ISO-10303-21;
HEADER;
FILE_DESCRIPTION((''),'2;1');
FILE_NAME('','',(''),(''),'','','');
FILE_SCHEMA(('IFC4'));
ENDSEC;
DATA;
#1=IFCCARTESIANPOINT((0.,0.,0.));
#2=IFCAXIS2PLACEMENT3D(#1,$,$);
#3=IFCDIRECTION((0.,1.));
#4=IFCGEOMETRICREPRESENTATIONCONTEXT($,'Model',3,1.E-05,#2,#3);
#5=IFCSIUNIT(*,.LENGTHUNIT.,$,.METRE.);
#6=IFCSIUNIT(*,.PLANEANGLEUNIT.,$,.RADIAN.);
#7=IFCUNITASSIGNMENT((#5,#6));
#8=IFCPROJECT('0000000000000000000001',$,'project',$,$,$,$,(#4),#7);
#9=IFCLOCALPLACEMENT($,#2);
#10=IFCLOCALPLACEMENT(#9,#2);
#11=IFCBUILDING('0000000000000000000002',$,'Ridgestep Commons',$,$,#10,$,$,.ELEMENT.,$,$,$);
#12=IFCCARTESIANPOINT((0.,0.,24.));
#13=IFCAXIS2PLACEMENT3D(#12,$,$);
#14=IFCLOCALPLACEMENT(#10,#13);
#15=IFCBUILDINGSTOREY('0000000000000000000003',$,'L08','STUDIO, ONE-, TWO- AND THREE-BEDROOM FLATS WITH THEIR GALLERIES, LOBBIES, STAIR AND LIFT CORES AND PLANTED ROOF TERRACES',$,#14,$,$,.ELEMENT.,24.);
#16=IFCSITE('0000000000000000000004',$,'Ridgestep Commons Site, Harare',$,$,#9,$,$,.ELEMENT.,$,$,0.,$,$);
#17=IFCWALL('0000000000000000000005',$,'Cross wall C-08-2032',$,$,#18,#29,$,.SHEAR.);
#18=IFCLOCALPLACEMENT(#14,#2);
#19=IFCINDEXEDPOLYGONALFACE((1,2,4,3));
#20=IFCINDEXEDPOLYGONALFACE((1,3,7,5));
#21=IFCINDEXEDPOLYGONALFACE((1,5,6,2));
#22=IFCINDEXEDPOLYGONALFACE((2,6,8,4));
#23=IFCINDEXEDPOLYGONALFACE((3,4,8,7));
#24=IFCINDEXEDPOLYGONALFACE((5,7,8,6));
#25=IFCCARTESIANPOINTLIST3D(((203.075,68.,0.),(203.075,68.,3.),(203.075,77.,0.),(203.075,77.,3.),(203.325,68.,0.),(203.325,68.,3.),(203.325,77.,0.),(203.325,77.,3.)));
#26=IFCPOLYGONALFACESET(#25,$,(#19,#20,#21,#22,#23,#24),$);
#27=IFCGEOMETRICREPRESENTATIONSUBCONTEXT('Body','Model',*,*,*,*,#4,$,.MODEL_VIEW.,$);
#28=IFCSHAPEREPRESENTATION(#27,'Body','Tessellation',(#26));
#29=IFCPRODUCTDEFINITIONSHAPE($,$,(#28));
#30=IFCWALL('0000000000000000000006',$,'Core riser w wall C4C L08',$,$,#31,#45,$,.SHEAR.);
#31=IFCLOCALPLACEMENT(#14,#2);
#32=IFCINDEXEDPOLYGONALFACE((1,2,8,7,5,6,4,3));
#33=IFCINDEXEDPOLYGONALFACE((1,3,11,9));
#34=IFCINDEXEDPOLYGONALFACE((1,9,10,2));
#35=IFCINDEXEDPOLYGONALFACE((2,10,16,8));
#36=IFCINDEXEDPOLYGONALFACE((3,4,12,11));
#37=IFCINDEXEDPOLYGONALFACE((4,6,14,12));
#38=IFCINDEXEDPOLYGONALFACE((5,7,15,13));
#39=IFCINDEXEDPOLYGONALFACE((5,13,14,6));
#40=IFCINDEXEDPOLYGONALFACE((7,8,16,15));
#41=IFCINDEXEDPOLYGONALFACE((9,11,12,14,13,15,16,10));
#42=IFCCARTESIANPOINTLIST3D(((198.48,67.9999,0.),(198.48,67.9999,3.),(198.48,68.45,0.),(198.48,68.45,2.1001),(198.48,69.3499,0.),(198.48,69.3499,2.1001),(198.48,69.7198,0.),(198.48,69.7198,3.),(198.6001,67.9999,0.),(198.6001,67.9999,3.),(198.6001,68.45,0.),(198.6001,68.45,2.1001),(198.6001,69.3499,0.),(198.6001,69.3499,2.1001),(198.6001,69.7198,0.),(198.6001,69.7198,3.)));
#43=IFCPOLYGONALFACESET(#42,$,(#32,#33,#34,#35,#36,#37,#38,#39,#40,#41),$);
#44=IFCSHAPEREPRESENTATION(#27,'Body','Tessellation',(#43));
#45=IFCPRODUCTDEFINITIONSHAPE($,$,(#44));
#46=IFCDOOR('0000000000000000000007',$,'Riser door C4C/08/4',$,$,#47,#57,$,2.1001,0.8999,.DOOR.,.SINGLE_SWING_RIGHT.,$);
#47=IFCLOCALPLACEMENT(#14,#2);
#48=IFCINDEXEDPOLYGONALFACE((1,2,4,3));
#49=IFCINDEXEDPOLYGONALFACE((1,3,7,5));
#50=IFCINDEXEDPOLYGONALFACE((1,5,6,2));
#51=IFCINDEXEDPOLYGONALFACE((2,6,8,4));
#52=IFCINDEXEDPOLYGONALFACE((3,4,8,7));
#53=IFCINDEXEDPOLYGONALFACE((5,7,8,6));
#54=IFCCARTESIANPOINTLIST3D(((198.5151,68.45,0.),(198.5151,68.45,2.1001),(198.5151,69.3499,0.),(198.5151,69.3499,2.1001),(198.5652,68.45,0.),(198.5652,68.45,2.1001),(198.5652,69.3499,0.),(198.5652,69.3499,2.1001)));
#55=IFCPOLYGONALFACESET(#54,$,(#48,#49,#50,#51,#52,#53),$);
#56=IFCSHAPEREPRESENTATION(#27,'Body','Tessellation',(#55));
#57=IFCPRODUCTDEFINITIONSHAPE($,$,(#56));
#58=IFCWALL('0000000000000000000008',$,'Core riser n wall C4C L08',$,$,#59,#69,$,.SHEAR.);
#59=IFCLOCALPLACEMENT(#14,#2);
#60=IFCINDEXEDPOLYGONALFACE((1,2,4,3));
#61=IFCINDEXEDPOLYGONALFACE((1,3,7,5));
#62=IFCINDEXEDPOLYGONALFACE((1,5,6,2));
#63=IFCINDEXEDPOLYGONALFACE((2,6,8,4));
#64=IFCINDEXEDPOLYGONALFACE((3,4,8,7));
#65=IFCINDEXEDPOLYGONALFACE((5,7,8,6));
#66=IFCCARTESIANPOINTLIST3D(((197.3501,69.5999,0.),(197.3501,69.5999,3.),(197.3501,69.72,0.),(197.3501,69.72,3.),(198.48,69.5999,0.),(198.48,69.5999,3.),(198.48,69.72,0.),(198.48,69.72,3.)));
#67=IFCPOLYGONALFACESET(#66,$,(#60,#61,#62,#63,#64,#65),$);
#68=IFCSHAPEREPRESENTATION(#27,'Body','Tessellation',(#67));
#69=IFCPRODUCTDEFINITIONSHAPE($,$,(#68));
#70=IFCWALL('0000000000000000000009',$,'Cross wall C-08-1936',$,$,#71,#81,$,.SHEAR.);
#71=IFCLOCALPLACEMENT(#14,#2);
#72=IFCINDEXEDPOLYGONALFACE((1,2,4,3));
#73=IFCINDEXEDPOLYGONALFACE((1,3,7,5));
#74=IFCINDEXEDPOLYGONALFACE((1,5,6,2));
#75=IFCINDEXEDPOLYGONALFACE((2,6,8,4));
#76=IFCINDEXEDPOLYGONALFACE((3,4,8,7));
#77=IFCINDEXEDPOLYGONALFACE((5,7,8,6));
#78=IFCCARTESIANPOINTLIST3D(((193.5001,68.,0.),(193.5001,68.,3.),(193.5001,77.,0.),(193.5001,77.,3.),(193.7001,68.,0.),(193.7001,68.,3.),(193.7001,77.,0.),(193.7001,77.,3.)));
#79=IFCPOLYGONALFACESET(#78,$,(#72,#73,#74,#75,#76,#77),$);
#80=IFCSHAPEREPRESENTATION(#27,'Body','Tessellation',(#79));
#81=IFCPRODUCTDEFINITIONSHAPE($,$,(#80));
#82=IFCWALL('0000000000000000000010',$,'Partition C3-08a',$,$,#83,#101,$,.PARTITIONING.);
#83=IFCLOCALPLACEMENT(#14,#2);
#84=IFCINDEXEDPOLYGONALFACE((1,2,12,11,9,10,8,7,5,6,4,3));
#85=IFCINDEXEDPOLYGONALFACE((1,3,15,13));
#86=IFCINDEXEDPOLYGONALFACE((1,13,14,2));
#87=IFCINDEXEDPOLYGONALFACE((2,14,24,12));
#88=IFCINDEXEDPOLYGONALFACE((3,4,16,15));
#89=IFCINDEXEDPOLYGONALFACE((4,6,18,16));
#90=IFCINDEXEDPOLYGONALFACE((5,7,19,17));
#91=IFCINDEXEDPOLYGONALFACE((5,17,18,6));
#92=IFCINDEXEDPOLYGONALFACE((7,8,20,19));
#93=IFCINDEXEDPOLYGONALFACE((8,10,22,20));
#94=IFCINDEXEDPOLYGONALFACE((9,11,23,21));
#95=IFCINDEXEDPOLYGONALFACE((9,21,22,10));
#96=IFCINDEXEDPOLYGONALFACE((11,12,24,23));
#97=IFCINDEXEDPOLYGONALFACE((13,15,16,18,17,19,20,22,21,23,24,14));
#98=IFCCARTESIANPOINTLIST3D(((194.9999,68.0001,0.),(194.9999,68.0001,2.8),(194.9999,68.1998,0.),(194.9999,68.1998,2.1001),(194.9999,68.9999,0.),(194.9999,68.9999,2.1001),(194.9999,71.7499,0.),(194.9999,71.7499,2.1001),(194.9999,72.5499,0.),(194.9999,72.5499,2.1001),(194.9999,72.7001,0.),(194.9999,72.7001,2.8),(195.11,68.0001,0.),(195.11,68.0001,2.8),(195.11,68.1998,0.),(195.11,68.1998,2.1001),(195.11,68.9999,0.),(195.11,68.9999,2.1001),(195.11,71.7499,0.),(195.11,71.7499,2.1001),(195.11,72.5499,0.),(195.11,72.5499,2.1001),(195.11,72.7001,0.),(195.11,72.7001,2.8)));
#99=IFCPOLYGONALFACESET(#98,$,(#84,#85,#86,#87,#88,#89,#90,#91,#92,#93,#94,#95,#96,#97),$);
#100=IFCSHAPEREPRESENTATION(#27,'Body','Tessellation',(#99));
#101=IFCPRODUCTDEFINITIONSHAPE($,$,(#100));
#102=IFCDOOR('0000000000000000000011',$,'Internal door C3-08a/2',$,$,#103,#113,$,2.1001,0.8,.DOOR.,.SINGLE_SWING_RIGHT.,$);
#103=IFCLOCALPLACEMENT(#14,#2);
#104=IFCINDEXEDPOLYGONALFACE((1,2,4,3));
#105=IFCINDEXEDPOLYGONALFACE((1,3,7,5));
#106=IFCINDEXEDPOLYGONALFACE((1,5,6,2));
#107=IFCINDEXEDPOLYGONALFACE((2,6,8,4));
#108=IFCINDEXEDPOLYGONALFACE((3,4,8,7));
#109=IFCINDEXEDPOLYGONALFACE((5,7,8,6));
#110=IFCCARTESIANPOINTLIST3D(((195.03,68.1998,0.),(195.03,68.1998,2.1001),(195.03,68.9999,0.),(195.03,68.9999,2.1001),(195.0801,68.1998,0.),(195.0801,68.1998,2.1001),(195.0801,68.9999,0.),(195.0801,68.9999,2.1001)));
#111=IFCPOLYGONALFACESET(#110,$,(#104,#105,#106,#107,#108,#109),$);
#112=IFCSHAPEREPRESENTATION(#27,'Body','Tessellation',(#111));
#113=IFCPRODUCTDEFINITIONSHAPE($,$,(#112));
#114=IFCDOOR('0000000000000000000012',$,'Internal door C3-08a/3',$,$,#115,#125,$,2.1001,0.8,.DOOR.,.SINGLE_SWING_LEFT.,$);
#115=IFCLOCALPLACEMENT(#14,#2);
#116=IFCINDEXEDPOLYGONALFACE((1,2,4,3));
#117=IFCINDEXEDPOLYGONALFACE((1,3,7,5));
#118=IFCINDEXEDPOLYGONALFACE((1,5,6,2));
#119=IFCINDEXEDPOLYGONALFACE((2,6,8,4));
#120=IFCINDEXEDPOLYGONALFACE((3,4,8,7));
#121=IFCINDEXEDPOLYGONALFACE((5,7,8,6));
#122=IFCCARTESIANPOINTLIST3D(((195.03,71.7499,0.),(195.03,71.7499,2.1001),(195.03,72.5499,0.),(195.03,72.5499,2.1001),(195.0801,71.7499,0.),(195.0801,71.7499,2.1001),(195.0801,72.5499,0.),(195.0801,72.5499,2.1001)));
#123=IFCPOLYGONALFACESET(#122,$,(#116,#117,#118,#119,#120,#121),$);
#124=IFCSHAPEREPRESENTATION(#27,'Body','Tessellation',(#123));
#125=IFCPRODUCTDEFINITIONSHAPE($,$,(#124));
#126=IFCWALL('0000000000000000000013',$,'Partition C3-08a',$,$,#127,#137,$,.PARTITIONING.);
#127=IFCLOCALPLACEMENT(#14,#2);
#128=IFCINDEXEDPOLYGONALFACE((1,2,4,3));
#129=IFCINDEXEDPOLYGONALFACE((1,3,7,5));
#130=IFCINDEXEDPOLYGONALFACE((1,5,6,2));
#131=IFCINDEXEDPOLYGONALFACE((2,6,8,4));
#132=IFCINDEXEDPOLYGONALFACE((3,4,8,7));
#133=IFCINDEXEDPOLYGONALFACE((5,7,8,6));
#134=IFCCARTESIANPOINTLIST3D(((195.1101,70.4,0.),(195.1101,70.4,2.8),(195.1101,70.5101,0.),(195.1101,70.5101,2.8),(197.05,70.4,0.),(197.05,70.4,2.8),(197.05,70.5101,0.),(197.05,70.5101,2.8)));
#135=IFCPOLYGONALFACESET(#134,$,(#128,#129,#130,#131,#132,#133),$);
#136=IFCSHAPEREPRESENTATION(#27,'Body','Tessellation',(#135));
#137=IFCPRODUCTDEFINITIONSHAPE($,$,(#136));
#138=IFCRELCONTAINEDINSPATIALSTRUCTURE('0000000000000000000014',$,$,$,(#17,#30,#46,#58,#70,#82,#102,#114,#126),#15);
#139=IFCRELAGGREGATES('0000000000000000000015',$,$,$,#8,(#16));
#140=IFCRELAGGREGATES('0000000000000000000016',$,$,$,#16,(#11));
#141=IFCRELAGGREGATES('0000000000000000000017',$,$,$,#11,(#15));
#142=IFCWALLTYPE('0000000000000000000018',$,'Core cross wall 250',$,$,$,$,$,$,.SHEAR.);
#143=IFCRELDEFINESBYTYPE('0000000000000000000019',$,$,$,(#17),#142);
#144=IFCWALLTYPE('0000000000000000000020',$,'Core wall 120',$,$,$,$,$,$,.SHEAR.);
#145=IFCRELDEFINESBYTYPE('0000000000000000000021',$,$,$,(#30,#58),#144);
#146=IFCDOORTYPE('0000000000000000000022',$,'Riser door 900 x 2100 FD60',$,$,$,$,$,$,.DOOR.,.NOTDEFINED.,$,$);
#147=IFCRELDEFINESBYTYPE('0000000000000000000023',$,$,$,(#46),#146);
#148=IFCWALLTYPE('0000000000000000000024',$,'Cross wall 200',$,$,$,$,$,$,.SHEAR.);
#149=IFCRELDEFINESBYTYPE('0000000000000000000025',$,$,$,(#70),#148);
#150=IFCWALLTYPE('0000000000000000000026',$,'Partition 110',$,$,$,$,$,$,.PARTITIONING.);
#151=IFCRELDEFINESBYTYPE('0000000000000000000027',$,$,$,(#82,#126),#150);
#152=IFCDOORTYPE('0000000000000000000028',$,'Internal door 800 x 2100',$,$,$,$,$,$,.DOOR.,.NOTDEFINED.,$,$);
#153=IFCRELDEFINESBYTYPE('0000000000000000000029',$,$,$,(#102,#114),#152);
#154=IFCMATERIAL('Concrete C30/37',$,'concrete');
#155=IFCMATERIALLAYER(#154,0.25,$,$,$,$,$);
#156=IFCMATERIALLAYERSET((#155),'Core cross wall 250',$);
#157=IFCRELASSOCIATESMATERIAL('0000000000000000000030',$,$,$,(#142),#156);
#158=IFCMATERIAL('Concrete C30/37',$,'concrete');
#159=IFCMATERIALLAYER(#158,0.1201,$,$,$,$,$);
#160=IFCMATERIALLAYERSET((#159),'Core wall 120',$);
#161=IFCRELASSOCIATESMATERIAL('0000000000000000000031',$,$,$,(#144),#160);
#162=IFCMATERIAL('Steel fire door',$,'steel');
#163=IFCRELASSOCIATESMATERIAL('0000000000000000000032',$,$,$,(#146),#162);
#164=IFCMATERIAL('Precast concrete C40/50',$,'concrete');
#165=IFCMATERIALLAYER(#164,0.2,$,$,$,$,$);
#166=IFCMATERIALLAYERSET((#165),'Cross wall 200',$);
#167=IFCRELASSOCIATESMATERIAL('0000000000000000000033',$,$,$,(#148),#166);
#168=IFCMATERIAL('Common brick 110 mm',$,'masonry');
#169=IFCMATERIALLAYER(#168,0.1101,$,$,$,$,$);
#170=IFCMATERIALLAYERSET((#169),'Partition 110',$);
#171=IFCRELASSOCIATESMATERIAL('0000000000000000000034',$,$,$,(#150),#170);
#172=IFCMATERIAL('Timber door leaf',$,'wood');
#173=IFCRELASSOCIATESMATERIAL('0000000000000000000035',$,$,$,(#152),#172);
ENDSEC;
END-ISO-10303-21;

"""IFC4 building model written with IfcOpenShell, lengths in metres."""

from ifc_helpers import new_model, si_unit, direction, frame, frame_2d, origin, place, context, subcontext, project, spatial, rectangle, extrude, material, layer, layer_set, type_object, element, fill, save


model = new_model("IFC4")

# Units and contexts
model_context = context("Model", 3, precision=1e-05, world=origin(), true_north=direction((0.0, 1.0)))
body_context = subcontext(model_context, "Body", "Model", "MODEL_VIEW")
ifc_project = project(units=[si_unit("LENGTHUNIT", "METRE"), si_unit("PLANEANGLEUNIT", "RADIAN")], contexts=[model_context])

# Site, building, storey
site_placement = place(None, origin())
site = spatial("IfcSite", under=ifc_project, at=site_placement, Name="Ridgestep Commons Site, Harare", CompositionType="ELEMENT", RefElevation=0.0)
building_placement = place(site_placement, origin())
building = spatial("IfcBuilding", under=site, at=building_placement, Name="Ridgestep Commons", CompositionType="ELEMENT")
storey_placement = place(building_placement, frame((0.0, 0.0, 24.0)))
storey = spatial("IfcBuildingStorey", under=building, at=storey_placement, Name="L08", Description="STUDIO, ONE-, TWO- AND THREE-BEDROOM FLATS WITH THEIR GALLERIES, LOBBIES, STAIR AND LIFT CORES AND PLANTED ROOF TERRACES", CompositionType="ELEMENT", Elevation=24.0)

# Wall
ifc_material_1 = material(Name="Concrete C30/37", Category="concrete")
ifc_layer_1 = layer(ifc_material_1, 0.25)
ifc_layer_set_1 = layer_set([ifc_layer_1], Name="Core cross wall 250")
wall_type_1 = type_object("IfcWallType", Name="Core cross wall 250", PredefinedType="SHEAR", material=ifc_layer_set_1)
wall_1_placement = place(storey_placement, frame((203.2, 68.0, 0.0), z_axis=(0.0, 0.0, 1.0), x_axis=(0.0, 1.0, 0.0)))
element("IfcWall", 1, at=wall_1_placement, inside=storey, type_object=wall_type_1, Name="Cross wall C-08-2032", PredefinedType="SHEAR", context=body_context, shape_type="SweptSolid", body=[
    extrude(rectangle(XDim=9.0, YDim=0.25, at=frame_2d((4.5, 0.0))), origin(), (0.0, 0.0, 1.0), 3.0),
])

# Wall, opening, door
ifc_material_2 = material(Name="Concrete C30/37", Category="concrete")
ifc_layer_2 = layer(ifc_material_2, 0.1201)
ifc_layer_set_2 = layer_set([ifc_layer_2], Name="Core wall 120")
wall_type_2 = type_object("IfcWallType", Name="Core wall 120", PredefinedType="SHEAR", material=ifc_layer_set_2)
wall_2_placement = place(storey_placement, frame((198.54, 68.0, 0.0), z_axis=(0.0, 0.0, 1.0), x_axis=(0.0, 1.0, 0.0)))
wall_2 = element("IfcWall", 2, at=wall_2_placement, inside=storey, type_object=wall_type_2, Name="Core riser w wall C4C L08", PredefinedType="SHEAR", context=body_context, shape_type="SweptSolid", body=[
    extrude(rectangle(XDim=1.72, YDim=0.1201, at=frame_2d((0.8599, 0.0))), origin(), (0.0, 0.0, 1.0), 3.0),
])
opening_1_placement = place(wall_2_placement, frame((0.45, 0.0, 0.0)))
opening_1 = element("IfcOpeningElement", 3, at=opening_1_placement, cuts=wall_2, PredefinedType="OPENING", context=body_context, shape_type="SweptSolid", body=[
    extrude(rectangle(XDim=0.8999, YDim=2.1001, at=frame_2d((0.45, 1.05))), frame((0.0, 0.0701, 0.0), z_axis=(0.0, -1.0, 0.0), x_axis=(1.0, 0.0, 0.0)), (0.0, 0.0, 1.0), 0.1401),
])
ifc_material_3 = material(Name="Steel fire door", Category="steel")
door_type_1 = type_object("IfcDoorType", Name="Riser door 900 x 2100 FD60", OperationType="NOTDEFINED", PredefinedType="DOOR", material=ifc_material_3)
door_1_placement = place(opening_1_placement, origin())
door_1 = element("IfcDoor", 4, at=door_1_placement, inside=storey, type_object=door_type_1, Name="Riser door C4C/08/4", OperationType="SINGLE_SWING_RIGHT", OverallHeight=2.1001, OverallWidth=0.8999, PredefinedType="DOOR", context=body_context, shape_type="SweptSolid", body=[
    extrude(rectangle(XDim=0.8999, YDim=2.1001, at=frame_2d((0.45, 1.05))), frame((0.0, 0.0249, 0.0), z_axis=(0.0, -1.0, 0.0), x_axis=(1.0, 0.0, 0.0)), (0.0, 0.0, 1.0), 0.05),
])
fill(opening_1, door_1)

# Walls
wall_3_placement = place(storey_placement, frame((197.3501, 69.6599, 0.0), z_axis=(0.0, 0.0, 1.0), x_axis=(1.0, 0.0, 0.0)))
element("IfcWall", 5, at=wall_3_placement, inside=storey, type_object=wall_type_2, Name="Core riser n wall C4C L08", PredefinedType="SHEAR", context=body_context, shape_type="SweptSolid", body=[
    extrude(rectangle(XDim=1.1299, YDim=0.1201, at=frame_2d((0.5649, 0.0))), origin(), (0.0, 0.0, 1.0), 3.0),
])
ifc_material_4 = material(Name="Precast concrete C40/50", Category="concrete")
ifc_layer_3 = layer(ifc_material_4, 0.2)
ifc_layer_set_3 = layer_set([ifc_layer_3], Name="Cross wall 200")
wall_type_3 = type_object("IfcWallType", Name="Cross wall 200", PredefinedType="SHEAR", material=ifc_layer_set_3)
wall_4_placement = place(storey_placement, frame((193.6001, 68.0, 0.0), z_axis=(0.0, 0.0, 1.0), x_axis=(0.0, 1.0, 0.0)))
element("IfcWall", 6, at=wall_4_placement, inside=storey, type_object=wall_type_3, Name="Cross wall C-08-1936", PredefinedType="SHEAR", context=body_context, shape_type="SweptSolid", body=[
    extrude(rectangle(XDim=9.0, YDim=0.2, at=frame_2d((4.5, 0.0))), origin(), (0.0, 0.0, 1.0), 3.0),
])

# Wall, openings, doors
ifc_material_5 = material(Name="Common brick 110 mm", Category="masonry")
ifc_layer_4 = layer(ifc_material_5, 0.1101)
ifc_layer_set_4 = layer_set([ifc_layer_4], Name="Partition 110")
wall_type_4 = type_object("IfcWallType", Name="Partition 110", PredefinedType="PARTITIONING", material=ifc_layer_set_4)
wall_5_placement = place(storey_placement, frame((195.0549, 68.0, 0.0), z_axis=(0.0, 0.0, 1.0), x_axis=(0.0, 1.0, 0.0)))
wall_5 = element("IfcWall", 7, at=wall_5_placement, inside=storey, type_object=wall_type_4, Name="Partition C3-08a", PredefinedType="PARTITIONING", context=body_context, shape_type="SweptSolid", body=[
    extrude(rectangle(XDim=4.7, YDim=0.1101, at=frame_2d((2.3501, 0.0))), origin(), (0.0, 0.0, 1.0), 2.8),
])
opening_2_placement = place(wall_5_placement, frame((0.2, 0.0, 0.0)))
opening_2 = element("IfcOpeningElement", 8, at=opening_2_placement, cuts=wall_5, PredefinedType="OPENING", context=body_context, shape_type="SweptSolid", body=[
    extrude(rectangle(XDim=0.8, YDim=2.1001, at=frame_2d((0.3999, 1.05))), frame((0.0, 0.0649, 0.0), z_axis=(0.0, -1.0, 0.0), x_axis=(1.0, 0.0, 0.0)), (0.0, 0.0, 1.0), 0.1301),
])
opening_3_placement = place(wall_5_placement, frame((3.75, 0.0, 0.0)))
opening_3 = element("IfcOpeningElement", 9, at=opening_3_placement, cuts=wall_5, PredefinedType="OPENING", context=body_context, shape_type="SweptSolid", body=[
    extrude(rectangle(XDim=0.8, YDim=2.1001, at=frame_2d((0.3999, 1.05))), frame((0.0, 0.0649, 0.0), z_axis=(0.0, -1.0, 0.0), x_axis=(1.0, 0.0, 0.0)), (0.0, 0.0, 1.0), 0.1301),
])
ifc_material_6 = material(Name="Timber door leaf", Category="wood")
door_type_2 = type_object("IfcDoorType", Name="Internal door 800 x 2100", OperationType="NOTDEFINED", PredefinedType="DOOR", material=ifc_material_6)
door_2_placement = place(opening_2_placement, origin())
door_2 = element("IfcDoor", 10, at=door_2_placement, inside=storey, type_object=door_type_2, Name="Internal door C3-08a/2", OperationType="SINGLE_SWING_RIGHT", OverallHeight=2.1001, OverallWidth=0.8, PredefinedType="DOOR", context=body_context, shape_type="SweptSolid", body=[
    extrude(rectangle(XDim=0.8, YDim=2.1001, at=frame_2d((0.3999, 1.05))), frame((0.0, 0.0249, 0.0), z_axis=(0.0, -1.0, 0.0), x_axis=(1.0, 0.0, 0.0)), (0.0, 0.0, 1.0), 0.05),
])
fill(opening_2, door_2)
door_3_placement = place(opening_3_placement, origin())
door_3 = element("IfcDoor", 11, at=door_3_placement, inside=storey, type_object=door_type_2, Name="Internal door C3-08a/3", OperationType="SINGLE_SWING_LEFT", OverallHeight=2.1001, OverallWidth=0.8, PredefinedType="DOOR", context=body_context, shape_type="SweptSolid", body=[
    extrude(rectangle(XDim=0.8, YDim=2.1001, at=frame_2d((0.3999, 1.05))), frame((0.0, 0.0249, 0.0), z_axis=(0.0, -1.0, 0.0), x_axis=(1.0, 0.0, 0.0)), (0.0, 0.0, 1.0), 0.05),
])
fill(opening_3, door_3)

# Wall
wall_6_placement = place(storey_placement, frame((195.1101, 70.4551, 0.0), z_axis=(0.0, 0.0, 1.0), x_axis=(1.0, 0.0, 0.0)))
element("IfcWall", 12, at=wall_6_placement, inside=storey, type_object=wall_type_4, Name="Partition C3-08a", PredefinedType="PARTITIONING", context=body_context, shape_type="SweptSolid", body=[
    extrude(rectangle(XDim=1.9399, YDim=0.1101, at=frame_2d((0.97, 0.0))), origin(), (0.0, 0.0, 1.0), 2.8),
])

save(model, "model.ifc")
